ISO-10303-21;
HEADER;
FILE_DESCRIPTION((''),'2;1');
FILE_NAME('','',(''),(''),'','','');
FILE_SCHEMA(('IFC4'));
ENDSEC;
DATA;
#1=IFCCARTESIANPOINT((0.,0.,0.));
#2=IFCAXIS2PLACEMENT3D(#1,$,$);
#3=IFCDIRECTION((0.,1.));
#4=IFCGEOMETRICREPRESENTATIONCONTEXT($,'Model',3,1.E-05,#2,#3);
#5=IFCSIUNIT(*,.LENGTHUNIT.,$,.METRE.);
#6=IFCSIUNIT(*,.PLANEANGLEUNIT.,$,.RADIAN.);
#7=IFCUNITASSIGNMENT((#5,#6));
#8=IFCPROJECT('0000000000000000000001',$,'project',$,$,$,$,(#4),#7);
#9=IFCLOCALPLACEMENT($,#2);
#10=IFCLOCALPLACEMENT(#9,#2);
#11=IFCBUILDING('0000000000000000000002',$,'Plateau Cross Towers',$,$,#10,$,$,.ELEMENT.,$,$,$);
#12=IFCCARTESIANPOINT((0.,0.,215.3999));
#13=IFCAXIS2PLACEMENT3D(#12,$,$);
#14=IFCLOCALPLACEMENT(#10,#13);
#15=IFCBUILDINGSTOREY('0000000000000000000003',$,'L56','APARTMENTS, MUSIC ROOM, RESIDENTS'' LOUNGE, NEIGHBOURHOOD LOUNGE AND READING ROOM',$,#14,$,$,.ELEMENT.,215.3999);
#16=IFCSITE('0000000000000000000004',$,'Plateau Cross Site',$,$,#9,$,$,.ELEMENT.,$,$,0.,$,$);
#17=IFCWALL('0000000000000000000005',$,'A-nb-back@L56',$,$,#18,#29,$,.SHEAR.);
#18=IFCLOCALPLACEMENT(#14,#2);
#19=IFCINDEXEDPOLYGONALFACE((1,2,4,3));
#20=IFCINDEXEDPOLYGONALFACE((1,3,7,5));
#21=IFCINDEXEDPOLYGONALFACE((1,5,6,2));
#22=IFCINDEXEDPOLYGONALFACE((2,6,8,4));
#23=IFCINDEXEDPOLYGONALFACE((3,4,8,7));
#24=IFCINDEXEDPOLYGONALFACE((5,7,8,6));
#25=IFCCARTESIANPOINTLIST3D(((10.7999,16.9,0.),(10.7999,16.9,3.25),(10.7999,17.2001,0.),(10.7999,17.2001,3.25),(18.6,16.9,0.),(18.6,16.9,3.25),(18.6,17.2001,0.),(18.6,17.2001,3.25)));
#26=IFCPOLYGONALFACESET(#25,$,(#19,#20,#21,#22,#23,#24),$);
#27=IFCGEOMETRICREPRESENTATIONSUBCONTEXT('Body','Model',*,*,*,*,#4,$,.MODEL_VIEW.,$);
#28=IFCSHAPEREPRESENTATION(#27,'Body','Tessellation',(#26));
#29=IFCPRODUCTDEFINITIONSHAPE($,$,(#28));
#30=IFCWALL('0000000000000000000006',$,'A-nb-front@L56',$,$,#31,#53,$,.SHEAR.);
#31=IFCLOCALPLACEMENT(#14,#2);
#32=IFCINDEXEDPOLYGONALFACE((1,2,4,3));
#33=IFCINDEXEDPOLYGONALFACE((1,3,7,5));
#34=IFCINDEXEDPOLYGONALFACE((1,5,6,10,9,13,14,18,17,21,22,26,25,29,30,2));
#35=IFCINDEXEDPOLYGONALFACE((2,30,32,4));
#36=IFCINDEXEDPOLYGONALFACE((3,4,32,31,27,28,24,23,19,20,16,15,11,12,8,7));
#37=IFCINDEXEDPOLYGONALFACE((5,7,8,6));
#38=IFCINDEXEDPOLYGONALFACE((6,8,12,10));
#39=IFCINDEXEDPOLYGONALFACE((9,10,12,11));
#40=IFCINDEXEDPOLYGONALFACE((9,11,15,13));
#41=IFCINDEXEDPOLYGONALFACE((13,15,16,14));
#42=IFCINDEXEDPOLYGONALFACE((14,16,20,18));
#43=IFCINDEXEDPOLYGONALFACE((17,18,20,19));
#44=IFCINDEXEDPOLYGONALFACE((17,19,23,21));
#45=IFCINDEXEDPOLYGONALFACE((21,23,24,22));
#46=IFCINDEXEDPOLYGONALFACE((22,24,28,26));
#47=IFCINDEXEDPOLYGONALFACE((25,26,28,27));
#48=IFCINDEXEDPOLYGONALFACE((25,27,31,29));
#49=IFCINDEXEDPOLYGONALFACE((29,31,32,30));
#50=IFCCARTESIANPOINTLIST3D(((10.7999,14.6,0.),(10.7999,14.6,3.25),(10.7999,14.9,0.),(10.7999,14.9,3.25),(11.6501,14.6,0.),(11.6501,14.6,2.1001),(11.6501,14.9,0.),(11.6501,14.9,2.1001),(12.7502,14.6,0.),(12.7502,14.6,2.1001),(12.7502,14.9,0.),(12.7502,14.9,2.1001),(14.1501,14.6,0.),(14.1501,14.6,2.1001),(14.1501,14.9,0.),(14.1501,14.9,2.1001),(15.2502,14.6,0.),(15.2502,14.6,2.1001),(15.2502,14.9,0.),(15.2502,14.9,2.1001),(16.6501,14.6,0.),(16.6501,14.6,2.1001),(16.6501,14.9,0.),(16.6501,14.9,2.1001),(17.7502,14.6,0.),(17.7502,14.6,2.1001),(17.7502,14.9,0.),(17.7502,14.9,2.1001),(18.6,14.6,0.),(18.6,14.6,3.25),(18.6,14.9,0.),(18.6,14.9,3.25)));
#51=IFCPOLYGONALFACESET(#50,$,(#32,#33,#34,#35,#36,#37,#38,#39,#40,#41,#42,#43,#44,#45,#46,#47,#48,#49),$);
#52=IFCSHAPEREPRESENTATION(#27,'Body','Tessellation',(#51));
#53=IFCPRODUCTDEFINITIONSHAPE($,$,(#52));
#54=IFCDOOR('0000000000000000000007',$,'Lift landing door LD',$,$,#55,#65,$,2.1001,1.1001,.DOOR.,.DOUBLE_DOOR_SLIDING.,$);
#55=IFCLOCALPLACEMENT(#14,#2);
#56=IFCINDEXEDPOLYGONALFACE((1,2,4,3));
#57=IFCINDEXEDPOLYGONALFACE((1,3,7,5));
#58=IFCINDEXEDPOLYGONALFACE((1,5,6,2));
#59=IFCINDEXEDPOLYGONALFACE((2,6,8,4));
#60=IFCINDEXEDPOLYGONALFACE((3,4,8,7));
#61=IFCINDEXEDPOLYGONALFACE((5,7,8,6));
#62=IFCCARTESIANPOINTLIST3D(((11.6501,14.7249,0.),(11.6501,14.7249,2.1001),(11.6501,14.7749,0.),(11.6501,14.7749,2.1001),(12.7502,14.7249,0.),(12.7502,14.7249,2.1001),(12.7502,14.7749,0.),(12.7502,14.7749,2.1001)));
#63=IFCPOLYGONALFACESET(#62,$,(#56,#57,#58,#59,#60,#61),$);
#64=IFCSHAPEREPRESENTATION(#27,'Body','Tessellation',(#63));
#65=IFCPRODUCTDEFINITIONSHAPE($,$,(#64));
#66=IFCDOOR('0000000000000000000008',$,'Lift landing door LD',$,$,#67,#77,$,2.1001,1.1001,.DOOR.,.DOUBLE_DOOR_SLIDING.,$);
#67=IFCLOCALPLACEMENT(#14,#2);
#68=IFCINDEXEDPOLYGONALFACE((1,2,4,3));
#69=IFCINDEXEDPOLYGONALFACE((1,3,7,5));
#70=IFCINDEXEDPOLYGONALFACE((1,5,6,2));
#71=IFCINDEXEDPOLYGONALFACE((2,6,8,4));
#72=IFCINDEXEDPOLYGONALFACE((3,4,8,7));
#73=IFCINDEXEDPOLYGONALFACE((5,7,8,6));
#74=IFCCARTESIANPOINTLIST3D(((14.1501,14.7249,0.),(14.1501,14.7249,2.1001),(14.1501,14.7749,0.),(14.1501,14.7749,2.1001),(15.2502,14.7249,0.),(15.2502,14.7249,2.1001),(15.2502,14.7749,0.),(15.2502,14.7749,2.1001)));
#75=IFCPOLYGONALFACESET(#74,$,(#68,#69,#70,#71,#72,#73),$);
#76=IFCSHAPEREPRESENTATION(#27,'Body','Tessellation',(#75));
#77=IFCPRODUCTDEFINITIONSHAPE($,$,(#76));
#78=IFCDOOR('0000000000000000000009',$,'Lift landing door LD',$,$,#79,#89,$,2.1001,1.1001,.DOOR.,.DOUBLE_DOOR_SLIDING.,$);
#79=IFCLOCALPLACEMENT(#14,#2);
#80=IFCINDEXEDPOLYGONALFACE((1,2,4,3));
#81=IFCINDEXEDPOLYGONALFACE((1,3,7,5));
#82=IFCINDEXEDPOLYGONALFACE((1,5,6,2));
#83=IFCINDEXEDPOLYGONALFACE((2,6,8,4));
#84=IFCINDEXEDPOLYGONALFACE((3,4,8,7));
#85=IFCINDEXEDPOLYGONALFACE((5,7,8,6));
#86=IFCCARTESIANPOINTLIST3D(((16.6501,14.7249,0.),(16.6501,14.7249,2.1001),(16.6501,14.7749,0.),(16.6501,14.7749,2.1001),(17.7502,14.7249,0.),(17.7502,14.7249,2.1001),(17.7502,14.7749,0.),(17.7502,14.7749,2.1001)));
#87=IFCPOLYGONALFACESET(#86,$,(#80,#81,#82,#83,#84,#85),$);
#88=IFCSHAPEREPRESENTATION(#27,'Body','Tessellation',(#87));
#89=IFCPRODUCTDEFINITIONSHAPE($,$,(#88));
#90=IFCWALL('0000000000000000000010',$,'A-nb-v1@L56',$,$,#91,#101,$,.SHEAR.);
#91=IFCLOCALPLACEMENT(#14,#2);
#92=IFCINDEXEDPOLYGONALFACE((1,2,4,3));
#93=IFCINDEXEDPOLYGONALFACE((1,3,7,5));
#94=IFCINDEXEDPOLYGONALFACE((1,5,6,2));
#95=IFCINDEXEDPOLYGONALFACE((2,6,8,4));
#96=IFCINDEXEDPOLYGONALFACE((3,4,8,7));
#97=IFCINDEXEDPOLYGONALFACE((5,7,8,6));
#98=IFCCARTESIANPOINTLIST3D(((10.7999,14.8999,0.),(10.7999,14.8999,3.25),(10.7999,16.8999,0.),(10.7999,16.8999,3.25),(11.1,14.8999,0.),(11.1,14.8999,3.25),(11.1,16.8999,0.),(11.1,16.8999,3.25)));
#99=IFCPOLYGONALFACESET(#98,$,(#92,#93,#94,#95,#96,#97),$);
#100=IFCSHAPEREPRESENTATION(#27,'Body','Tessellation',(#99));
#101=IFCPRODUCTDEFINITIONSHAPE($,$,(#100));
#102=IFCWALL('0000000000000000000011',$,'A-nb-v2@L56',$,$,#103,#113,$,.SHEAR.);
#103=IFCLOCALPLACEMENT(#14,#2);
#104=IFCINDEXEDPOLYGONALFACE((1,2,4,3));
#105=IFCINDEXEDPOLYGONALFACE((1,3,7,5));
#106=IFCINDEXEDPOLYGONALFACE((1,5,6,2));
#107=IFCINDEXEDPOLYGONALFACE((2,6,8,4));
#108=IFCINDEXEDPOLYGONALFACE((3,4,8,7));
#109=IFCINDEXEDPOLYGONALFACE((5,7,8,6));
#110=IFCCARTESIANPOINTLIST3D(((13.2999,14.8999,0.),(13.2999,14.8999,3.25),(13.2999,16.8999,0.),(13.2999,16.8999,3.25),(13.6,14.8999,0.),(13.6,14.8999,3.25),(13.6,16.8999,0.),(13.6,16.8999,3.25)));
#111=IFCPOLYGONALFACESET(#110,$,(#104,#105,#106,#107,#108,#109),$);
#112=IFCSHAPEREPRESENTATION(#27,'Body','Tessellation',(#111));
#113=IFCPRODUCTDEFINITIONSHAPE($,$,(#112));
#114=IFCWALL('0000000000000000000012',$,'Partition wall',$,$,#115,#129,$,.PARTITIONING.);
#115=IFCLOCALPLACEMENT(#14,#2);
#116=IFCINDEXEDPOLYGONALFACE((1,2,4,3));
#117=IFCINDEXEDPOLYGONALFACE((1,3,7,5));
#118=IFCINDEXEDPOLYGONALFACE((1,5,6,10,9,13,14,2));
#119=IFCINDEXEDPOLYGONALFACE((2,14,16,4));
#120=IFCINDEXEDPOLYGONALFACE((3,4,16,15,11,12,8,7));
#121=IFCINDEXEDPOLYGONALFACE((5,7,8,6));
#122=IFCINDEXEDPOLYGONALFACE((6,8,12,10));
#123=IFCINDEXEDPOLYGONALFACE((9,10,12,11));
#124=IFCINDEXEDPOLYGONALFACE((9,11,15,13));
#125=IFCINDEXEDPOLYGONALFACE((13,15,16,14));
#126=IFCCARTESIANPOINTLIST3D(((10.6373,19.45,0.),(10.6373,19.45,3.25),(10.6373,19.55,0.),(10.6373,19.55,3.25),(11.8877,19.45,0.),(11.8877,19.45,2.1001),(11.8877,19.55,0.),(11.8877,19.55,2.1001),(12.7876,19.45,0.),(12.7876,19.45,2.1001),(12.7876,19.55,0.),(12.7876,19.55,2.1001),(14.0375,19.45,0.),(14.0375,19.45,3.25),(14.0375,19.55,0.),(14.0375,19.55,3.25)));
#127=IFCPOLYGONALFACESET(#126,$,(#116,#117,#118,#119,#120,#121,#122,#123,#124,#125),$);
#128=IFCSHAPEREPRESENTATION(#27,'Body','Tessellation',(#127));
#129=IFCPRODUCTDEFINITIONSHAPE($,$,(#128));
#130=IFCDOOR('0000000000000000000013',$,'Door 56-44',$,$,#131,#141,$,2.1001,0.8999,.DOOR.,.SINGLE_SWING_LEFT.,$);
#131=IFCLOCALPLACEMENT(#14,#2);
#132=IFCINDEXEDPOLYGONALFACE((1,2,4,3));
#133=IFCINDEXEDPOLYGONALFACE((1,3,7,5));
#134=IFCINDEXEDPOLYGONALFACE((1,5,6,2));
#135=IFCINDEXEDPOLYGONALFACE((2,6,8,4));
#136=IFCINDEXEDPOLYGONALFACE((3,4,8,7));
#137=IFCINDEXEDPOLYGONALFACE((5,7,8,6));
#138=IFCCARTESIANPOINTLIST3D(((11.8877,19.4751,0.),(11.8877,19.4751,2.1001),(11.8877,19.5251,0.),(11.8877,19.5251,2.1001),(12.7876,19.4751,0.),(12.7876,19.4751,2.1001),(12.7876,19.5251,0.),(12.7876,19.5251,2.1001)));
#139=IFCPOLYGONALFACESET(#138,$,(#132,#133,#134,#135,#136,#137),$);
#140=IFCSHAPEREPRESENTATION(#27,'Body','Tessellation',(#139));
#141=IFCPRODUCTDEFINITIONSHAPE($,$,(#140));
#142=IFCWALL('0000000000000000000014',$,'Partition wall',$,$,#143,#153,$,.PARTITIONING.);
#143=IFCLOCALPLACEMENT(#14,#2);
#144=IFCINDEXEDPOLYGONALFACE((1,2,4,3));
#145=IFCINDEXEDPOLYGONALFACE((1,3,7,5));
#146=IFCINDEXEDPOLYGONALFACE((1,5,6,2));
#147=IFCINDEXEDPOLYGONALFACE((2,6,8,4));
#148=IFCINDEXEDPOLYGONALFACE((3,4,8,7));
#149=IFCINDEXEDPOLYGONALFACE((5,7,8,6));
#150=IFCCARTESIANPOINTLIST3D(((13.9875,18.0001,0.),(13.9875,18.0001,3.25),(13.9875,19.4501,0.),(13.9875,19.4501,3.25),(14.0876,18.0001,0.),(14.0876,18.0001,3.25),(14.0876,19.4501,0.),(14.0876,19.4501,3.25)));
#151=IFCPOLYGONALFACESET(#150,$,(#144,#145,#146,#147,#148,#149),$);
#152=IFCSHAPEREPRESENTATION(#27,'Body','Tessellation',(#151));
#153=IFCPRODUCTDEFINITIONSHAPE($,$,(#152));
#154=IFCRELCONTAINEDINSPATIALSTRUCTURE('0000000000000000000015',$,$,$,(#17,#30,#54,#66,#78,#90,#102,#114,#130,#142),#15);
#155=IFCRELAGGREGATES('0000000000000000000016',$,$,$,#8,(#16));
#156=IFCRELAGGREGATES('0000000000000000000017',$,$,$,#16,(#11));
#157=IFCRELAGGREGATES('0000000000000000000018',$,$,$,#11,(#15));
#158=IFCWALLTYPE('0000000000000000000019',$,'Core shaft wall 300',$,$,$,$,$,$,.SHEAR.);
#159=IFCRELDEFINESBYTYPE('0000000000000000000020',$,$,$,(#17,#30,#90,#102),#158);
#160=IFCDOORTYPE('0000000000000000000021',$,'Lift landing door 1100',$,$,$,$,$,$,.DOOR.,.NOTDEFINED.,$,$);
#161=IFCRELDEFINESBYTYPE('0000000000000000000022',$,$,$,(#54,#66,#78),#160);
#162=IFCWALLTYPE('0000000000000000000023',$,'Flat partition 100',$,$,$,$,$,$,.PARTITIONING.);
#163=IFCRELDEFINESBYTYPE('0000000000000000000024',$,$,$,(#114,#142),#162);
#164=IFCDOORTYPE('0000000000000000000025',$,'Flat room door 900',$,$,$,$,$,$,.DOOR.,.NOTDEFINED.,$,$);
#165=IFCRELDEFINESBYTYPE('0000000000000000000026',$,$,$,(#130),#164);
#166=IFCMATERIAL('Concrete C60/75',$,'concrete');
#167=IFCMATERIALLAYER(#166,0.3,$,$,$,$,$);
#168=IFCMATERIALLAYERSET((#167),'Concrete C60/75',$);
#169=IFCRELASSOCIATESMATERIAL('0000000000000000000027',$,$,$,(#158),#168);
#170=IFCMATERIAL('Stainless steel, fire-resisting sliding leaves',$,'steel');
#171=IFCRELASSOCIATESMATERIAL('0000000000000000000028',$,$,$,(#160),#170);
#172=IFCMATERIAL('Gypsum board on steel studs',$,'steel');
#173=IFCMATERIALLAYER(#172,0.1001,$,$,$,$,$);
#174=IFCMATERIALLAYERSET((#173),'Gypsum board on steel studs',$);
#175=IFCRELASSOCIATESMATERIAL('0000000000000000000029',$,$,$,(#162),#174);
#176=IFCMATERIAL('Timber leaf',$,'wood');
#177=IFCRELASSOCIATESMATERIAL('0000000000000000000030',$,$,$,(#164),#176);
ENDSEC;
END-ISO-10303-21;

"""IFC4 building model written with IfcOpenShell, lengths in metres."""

from ifc_helpers import new_model, si_unit, direction, frame, frame_2d, origin, place, context, subcontext, project, spatial, rectangle, extrude, material, layer, layer_set, type_object, element, fill, save


model = new_model("IFC4")

# Units and contexts
model_context = context("Model", 3, precision=1e-05, world=origin(), true_north=direction((0.0, 1.0)))
body_context = subcontext(model_context, "Body", "Model", "MODEL_VIEW")
ifc_project = project(units=[si_unit("LENGTHUNIT", "METRE"), si_unit("PLANEANGLEUNIT", "RADIAN")], contexts=[model_context])

# Site, building, storey
site_placement = place(None, origin())
site = spatial("IfcSite", under=ifc_project, at=site_placement, Name="Plateau Cross Site", CompositionType="ELEMENT", RefElevation=0.0)
building_placement = place(site_placement, origin())
building = spatial("IfcBuilding", under=site, at=building_placement, Name="Plateau Cross Towers", CompositionType="ELEMENT")
storey_placement = place(building_placement, frame((0.0, 0.0, 215.3999)))
storey = spatial("IfcBuildingStorey", under=building, at=storey_placement, Name="L56", Description="APARTMENTS, MUSIC ROOM, RESIDENTS' LOUNGE, NEIGHBOURHOOD LOUNGE AND READING ROOM", CompositionType="ELEMENT", Elevation=215.3999)

# Wall
ifc_material_1 = material(Name="Concrete C60/75", Category="concrete")
ifc_layer_1 = layer(ifc_material_1, 0.3)
ifc_layer_set_1 = layer_set([ifc_layer_1], Name="Concrete C60/75")
wall_type_1 = type_object("IfcWallType", Name="Core shaft wall 300", PredefinedType="SHEAR", material=ifc_layer_set_1)
wall_1_placement = place(storey_placement, frame((10.8, 17.05, 0.0), z_axis=(0.0, 0.0, 1.0), x_axis=(1.0, 0.0, 0.0)))
element("IfcWall", 1, at=wall_1_placement, inside=storey, type_object=wall_type_1, Name="A-nb-back@L56", PredefinedType="SHEAR", context=body_context, shape_type="SweptSolid", body=[
    extrude(rectangle(XDim=7.8, YDim=0.3, at=frame_2d((3.8999, 0.0))), origin(), (0.0, 0.0, 1.0), 3.25),
])

# Wall, openings, doors
wall_2_placement = place(storey_placement, frame((10.8, 14.75, 0.0), z_axis=(0.0, 0.0, 1.0), x_axis=(1.0, 0.0, 0.0)))
wall_2 = element("IfcWall", 2, at=wall_2_placement, inside=storey, type_object=wall_type_1, Name="A-nb-front@L56", PredefinedType="SHEAR", context=body_context, shape_type="SweptSolid", body=[
    extrude(rectangle(XDim=7.8, YDim=0.3, at=frame_2d((3.8999, 0.0))), origin(), (0.0, 0.0, 1.0), 3.25),
])
opening_1_placement = place(wall_2_placement, frame((0.8501, 0.0, 0.0)))
opening_1 = element("IfcOpeningElement", 3, at=opening_1_placement, cuts=wall_2, PredefinedType="OPENING", context=body_context, shape_type="SweptSolid", body=[
    extrude(rectangle(XDim=1.1001, YDim=2.1001, at=frame_2d((0.55, 1.05))), frame((0.0, 0.1599, 0.0), z_axis=(0.0, -1.0, 0.0), x_axis=(1.0, 0.0, 0.0)), (0.0, 0.0, 1.0), 0.3201),
])
opening_2_placement = place(wall_2_placement, frame((3.3501, 0.0, 0.0)))
opening_2 = element("IfcOpeningElement", 4, at=opening_2_placement, cuts=wall_2, PredefinedType="OPENING", context=body_context, shape_type="SweptSolid", body=[
    extrude(rectangle(XDim=1.1001, YDim=2.1001, at=frame_2d((0.55, 1.05))), frame((0.0, 0.1599, 0.0), z_axis=(0.0, -1.0, 0.0), x_axis=(1.0, 0.0, 0.0)), (0.0, 0.0, 1.0), 0.3201),
])
opening_3_placement = place(wall_2_placement, frame((5.8501, 0.0, 0.0)))
opening_3 = element("IfcOpeningElement", 5, at=opening_3_placement, cuts=wall_2, PredefinedType="OPENING", context=body_context, shape_type="SweptSolid", body=[
    extrude(rectangle(XDim=1.1001, YDim=2.1001, at=frame_2d((0.55, 1.05))), frame((0.0, 0.1599, 0.0), z_axis=(0.0, -1.0, 0.0), x_axis=(1.0, 0.0, 0.0)), (0.0, 0.0, 1.0), 0.3201),
])
ifc_material_2 = material(Name="Stainless steel, fire-resisting sliding leaves", Category="steel")
door_type_1 = type_object("IfcDoorType", Name="Lift landing door 1100", OperationType="NOTDEFINED", PredefinedType="DOOR", material=ifc_material_2)
door_1_placement = place(opening_1_placement, origin())
door_1 = element("IfcDoor", 6, at=door_1_placement, inside=storey, type_object=door_type_1, Name="Lift landing door LD", OperationType="DOUBLE_DOOR_SLIDING", OverallHeight=2.1001, OverallWidth=1.1001, PredefinedType="DOOR", context=body_context, shape_type="SweptSolid", body=[
    extrude(rectangle(XDim=1.1001, YDim=2.1001, at=frame_2d((0.55, 1.05))), frame((0.0, 0.0249, 0.0), z_axis=(0.0, -1.0, 0.0), x_axis=(1.0, 0.0, 0.0)), (0.0, 0.0, 1.0), 0.05),
])
fill(opening_1, door_1)
door_2_placement = place(opening_2_placement, origin())
door_2 = element("IfcDoor", 7, at=door_2_placement, inside=storey, type_object=door_type_1, Name="Lift landing door LD", OperationType="DOUBLE_DOOR_SLIDING", OverallHeight=2.1001, OverallWidth=1.1001, PredefinedType="DOOR", context=body_context, shape_type="SweptSolid", body=[
    extrude(rectangle(XDim=1.1001, YDim=2.1001, at=frame_2d((0.55, 1.05))), frame((0.0, 0.0249, 0.0), z_axis=(0.0, -1.0, 0.0), x_axis=(1.0, 0.0, 0.0)), (0.0, 0.0, 1.0), 0.05),
])
fill(opening_2, door_2)
door_3_placement = place(opening_3_placement, origin())
door_3 = element("IfcDoor", 8, at=door_3_placement, inside=storey, type_object=door_type_1, Name="Lift landing door LD", OperationType="DOUBLE_DOOR_SLIDING", OverallHeight=2.1001, OverallWidth=1.1001, PredefinedType="DOOR", context=body_context, shape_type="SweptSolid", body=[
    extrude(rectangle(XDim=1.1001, YDim=2.1001, at=frame_2d((0.55, 1.05))), frame((0.0, 0.0249, 0.0), z_axis=(0.0, -1.0, 0.0), x_axis=(1.0, 0.0, 0.0)), (0.0, 0.0, 1.0), 0.05),
])
fill(opening_3, door_3)

# Walls
for number, where, z_axis, x_axis, name in (
    (9, (10.95, 14.8999, 0.0), (0.0, 0.0, 1.0), (0.0, 1.0, 0.0), "A-nb-v1@L56"),
    (10, (13.45, 14.8999, 0.0), (0.0, 0.0, 1.0), (0.0, 1.0, 0.0), "A-nb-v2@L56"),
):
    element("IfcWall", number, at=place(storey_placement, frame(where, z_axis=z_axis, x_axis=x_axis)), inside=storey, type_object=wall_type_1, Name=name, PredefinedType="SHEAR", context=body_context, shape_type="SweptSolid", body=[
        extrude(rectangle(XDim=2.0, YDim=0.3, at=frame_2d((1.0, 0.0))), origin(), (0.0, 0.0, 1.0), 3.25),
    ])

# Wall, opening, door
ifc_material_3 = material(Name="Gypsum board on steel studs", Category="steel")
ifc_layer_2 = layer(ifc_material_3, 0.1001)
ifc_layer_set_2 = layer_set([ifc_layer_2], Name="Gypsum board on steel studs")
wall_type_2 = type_object("IfcWallType", Name="Flat partition 100", PredefinedType="PARTITIONING", material=ifc_layer_set_2)
wall_3_placement = place(storey_placement, frame((14.0376, 19.5, 0.0), z_axis=(0.0, 0.0, 1.0), x_axis=(-1.0, 0.0, 0.0)))
wall_3 = element("IfcWall", 11, at=wall_3_placement, inside=storey, type_object=wall_type_2, Name="Partition wall", PredefinedType="PARTITIONING", context=body_context, shape_type="SweptSolid", body=[
    extrude(rectangle(XDim=3.4001, YDim=0.1001, at=frame_2d((1.7002, 0.0))), origin(), (0.0, 0.0, 1.0), 3.25),
])
opening_4_placement = place(wall_3_placement, frame((1.25, 0.0, 0.0)))
opening_4 = element("IfcOpeningElement", 12, at=opening_4_placement, cuts=wall_3, PredefinedType="OPENING", context=body_context, shape_type="SweptSolid", body=[
    extrude(rectangle(XDim=0.8999, YDim=2.1001, at=frame_2d((0.45, 1.05))), frame((0.0, 0.0601, 0.0), z_axis=(0.0, -1.0, 0.0), x_axis=(1.0, 0.0, 0.0)), (0.0, 0.0, 1.0), 0.1201),
])
ifc_material_4 = material(Name="Timber leaf", Category="wood")
door_type_2 = type_object("IfcDoorType", Name="Flat room door 900", OperationType="NOTDEFINED", PredefinedType="DOOR", material=ifc_material_4)
door_4_placement = place(opening_4_placement, origin())
door_4 = element("IfcDoor", 13, at=door_4_placement, inside=storey, type_object=door_type_2, Name="Door 56-44", OperationType="SINGLE_SWING_LEFT", OverallHeight=2.1001, OverallWidth=0.8999, PredefinedType="DOOR", context=body_context, shape_type="SweptSolid", body=[
    extrude(rectangle(XDim=0.8999, YDim=2.1001, at=frame_2d((0.45, 1.05))), frame((0.0, 0.0249, 0.0), z_axis=(0.0, -1.0, 0.0), x_axis=(1.0, 0.0, 0.0)), (0.0, 0.0, 1.0), 0.05),
])
fill(opening_4, door_4)

# Wall
wall_4_placement = place(storey_placement, frame((14.0376, 18.0, 0.0), z_axis=(0.0, 0.0, 1.0), x_axis=(0.0, 1.0, 0.0)))
element("IfcWall", 14, at=wall_4_placement, inside=storey, type_object=wall_type_2, Name="Partition wall", PredefinedType="PARTITIONING", context=body_context, shape_type="SweptSolid", body=[
    extrude(rectangle(XDim=1.45, YDim=0.1001, at=frame_2d((0.7251, 0.0))), origin(), (0.0, 0.0, 1.0), 3.25),
])

save(model, "model.ifc")
